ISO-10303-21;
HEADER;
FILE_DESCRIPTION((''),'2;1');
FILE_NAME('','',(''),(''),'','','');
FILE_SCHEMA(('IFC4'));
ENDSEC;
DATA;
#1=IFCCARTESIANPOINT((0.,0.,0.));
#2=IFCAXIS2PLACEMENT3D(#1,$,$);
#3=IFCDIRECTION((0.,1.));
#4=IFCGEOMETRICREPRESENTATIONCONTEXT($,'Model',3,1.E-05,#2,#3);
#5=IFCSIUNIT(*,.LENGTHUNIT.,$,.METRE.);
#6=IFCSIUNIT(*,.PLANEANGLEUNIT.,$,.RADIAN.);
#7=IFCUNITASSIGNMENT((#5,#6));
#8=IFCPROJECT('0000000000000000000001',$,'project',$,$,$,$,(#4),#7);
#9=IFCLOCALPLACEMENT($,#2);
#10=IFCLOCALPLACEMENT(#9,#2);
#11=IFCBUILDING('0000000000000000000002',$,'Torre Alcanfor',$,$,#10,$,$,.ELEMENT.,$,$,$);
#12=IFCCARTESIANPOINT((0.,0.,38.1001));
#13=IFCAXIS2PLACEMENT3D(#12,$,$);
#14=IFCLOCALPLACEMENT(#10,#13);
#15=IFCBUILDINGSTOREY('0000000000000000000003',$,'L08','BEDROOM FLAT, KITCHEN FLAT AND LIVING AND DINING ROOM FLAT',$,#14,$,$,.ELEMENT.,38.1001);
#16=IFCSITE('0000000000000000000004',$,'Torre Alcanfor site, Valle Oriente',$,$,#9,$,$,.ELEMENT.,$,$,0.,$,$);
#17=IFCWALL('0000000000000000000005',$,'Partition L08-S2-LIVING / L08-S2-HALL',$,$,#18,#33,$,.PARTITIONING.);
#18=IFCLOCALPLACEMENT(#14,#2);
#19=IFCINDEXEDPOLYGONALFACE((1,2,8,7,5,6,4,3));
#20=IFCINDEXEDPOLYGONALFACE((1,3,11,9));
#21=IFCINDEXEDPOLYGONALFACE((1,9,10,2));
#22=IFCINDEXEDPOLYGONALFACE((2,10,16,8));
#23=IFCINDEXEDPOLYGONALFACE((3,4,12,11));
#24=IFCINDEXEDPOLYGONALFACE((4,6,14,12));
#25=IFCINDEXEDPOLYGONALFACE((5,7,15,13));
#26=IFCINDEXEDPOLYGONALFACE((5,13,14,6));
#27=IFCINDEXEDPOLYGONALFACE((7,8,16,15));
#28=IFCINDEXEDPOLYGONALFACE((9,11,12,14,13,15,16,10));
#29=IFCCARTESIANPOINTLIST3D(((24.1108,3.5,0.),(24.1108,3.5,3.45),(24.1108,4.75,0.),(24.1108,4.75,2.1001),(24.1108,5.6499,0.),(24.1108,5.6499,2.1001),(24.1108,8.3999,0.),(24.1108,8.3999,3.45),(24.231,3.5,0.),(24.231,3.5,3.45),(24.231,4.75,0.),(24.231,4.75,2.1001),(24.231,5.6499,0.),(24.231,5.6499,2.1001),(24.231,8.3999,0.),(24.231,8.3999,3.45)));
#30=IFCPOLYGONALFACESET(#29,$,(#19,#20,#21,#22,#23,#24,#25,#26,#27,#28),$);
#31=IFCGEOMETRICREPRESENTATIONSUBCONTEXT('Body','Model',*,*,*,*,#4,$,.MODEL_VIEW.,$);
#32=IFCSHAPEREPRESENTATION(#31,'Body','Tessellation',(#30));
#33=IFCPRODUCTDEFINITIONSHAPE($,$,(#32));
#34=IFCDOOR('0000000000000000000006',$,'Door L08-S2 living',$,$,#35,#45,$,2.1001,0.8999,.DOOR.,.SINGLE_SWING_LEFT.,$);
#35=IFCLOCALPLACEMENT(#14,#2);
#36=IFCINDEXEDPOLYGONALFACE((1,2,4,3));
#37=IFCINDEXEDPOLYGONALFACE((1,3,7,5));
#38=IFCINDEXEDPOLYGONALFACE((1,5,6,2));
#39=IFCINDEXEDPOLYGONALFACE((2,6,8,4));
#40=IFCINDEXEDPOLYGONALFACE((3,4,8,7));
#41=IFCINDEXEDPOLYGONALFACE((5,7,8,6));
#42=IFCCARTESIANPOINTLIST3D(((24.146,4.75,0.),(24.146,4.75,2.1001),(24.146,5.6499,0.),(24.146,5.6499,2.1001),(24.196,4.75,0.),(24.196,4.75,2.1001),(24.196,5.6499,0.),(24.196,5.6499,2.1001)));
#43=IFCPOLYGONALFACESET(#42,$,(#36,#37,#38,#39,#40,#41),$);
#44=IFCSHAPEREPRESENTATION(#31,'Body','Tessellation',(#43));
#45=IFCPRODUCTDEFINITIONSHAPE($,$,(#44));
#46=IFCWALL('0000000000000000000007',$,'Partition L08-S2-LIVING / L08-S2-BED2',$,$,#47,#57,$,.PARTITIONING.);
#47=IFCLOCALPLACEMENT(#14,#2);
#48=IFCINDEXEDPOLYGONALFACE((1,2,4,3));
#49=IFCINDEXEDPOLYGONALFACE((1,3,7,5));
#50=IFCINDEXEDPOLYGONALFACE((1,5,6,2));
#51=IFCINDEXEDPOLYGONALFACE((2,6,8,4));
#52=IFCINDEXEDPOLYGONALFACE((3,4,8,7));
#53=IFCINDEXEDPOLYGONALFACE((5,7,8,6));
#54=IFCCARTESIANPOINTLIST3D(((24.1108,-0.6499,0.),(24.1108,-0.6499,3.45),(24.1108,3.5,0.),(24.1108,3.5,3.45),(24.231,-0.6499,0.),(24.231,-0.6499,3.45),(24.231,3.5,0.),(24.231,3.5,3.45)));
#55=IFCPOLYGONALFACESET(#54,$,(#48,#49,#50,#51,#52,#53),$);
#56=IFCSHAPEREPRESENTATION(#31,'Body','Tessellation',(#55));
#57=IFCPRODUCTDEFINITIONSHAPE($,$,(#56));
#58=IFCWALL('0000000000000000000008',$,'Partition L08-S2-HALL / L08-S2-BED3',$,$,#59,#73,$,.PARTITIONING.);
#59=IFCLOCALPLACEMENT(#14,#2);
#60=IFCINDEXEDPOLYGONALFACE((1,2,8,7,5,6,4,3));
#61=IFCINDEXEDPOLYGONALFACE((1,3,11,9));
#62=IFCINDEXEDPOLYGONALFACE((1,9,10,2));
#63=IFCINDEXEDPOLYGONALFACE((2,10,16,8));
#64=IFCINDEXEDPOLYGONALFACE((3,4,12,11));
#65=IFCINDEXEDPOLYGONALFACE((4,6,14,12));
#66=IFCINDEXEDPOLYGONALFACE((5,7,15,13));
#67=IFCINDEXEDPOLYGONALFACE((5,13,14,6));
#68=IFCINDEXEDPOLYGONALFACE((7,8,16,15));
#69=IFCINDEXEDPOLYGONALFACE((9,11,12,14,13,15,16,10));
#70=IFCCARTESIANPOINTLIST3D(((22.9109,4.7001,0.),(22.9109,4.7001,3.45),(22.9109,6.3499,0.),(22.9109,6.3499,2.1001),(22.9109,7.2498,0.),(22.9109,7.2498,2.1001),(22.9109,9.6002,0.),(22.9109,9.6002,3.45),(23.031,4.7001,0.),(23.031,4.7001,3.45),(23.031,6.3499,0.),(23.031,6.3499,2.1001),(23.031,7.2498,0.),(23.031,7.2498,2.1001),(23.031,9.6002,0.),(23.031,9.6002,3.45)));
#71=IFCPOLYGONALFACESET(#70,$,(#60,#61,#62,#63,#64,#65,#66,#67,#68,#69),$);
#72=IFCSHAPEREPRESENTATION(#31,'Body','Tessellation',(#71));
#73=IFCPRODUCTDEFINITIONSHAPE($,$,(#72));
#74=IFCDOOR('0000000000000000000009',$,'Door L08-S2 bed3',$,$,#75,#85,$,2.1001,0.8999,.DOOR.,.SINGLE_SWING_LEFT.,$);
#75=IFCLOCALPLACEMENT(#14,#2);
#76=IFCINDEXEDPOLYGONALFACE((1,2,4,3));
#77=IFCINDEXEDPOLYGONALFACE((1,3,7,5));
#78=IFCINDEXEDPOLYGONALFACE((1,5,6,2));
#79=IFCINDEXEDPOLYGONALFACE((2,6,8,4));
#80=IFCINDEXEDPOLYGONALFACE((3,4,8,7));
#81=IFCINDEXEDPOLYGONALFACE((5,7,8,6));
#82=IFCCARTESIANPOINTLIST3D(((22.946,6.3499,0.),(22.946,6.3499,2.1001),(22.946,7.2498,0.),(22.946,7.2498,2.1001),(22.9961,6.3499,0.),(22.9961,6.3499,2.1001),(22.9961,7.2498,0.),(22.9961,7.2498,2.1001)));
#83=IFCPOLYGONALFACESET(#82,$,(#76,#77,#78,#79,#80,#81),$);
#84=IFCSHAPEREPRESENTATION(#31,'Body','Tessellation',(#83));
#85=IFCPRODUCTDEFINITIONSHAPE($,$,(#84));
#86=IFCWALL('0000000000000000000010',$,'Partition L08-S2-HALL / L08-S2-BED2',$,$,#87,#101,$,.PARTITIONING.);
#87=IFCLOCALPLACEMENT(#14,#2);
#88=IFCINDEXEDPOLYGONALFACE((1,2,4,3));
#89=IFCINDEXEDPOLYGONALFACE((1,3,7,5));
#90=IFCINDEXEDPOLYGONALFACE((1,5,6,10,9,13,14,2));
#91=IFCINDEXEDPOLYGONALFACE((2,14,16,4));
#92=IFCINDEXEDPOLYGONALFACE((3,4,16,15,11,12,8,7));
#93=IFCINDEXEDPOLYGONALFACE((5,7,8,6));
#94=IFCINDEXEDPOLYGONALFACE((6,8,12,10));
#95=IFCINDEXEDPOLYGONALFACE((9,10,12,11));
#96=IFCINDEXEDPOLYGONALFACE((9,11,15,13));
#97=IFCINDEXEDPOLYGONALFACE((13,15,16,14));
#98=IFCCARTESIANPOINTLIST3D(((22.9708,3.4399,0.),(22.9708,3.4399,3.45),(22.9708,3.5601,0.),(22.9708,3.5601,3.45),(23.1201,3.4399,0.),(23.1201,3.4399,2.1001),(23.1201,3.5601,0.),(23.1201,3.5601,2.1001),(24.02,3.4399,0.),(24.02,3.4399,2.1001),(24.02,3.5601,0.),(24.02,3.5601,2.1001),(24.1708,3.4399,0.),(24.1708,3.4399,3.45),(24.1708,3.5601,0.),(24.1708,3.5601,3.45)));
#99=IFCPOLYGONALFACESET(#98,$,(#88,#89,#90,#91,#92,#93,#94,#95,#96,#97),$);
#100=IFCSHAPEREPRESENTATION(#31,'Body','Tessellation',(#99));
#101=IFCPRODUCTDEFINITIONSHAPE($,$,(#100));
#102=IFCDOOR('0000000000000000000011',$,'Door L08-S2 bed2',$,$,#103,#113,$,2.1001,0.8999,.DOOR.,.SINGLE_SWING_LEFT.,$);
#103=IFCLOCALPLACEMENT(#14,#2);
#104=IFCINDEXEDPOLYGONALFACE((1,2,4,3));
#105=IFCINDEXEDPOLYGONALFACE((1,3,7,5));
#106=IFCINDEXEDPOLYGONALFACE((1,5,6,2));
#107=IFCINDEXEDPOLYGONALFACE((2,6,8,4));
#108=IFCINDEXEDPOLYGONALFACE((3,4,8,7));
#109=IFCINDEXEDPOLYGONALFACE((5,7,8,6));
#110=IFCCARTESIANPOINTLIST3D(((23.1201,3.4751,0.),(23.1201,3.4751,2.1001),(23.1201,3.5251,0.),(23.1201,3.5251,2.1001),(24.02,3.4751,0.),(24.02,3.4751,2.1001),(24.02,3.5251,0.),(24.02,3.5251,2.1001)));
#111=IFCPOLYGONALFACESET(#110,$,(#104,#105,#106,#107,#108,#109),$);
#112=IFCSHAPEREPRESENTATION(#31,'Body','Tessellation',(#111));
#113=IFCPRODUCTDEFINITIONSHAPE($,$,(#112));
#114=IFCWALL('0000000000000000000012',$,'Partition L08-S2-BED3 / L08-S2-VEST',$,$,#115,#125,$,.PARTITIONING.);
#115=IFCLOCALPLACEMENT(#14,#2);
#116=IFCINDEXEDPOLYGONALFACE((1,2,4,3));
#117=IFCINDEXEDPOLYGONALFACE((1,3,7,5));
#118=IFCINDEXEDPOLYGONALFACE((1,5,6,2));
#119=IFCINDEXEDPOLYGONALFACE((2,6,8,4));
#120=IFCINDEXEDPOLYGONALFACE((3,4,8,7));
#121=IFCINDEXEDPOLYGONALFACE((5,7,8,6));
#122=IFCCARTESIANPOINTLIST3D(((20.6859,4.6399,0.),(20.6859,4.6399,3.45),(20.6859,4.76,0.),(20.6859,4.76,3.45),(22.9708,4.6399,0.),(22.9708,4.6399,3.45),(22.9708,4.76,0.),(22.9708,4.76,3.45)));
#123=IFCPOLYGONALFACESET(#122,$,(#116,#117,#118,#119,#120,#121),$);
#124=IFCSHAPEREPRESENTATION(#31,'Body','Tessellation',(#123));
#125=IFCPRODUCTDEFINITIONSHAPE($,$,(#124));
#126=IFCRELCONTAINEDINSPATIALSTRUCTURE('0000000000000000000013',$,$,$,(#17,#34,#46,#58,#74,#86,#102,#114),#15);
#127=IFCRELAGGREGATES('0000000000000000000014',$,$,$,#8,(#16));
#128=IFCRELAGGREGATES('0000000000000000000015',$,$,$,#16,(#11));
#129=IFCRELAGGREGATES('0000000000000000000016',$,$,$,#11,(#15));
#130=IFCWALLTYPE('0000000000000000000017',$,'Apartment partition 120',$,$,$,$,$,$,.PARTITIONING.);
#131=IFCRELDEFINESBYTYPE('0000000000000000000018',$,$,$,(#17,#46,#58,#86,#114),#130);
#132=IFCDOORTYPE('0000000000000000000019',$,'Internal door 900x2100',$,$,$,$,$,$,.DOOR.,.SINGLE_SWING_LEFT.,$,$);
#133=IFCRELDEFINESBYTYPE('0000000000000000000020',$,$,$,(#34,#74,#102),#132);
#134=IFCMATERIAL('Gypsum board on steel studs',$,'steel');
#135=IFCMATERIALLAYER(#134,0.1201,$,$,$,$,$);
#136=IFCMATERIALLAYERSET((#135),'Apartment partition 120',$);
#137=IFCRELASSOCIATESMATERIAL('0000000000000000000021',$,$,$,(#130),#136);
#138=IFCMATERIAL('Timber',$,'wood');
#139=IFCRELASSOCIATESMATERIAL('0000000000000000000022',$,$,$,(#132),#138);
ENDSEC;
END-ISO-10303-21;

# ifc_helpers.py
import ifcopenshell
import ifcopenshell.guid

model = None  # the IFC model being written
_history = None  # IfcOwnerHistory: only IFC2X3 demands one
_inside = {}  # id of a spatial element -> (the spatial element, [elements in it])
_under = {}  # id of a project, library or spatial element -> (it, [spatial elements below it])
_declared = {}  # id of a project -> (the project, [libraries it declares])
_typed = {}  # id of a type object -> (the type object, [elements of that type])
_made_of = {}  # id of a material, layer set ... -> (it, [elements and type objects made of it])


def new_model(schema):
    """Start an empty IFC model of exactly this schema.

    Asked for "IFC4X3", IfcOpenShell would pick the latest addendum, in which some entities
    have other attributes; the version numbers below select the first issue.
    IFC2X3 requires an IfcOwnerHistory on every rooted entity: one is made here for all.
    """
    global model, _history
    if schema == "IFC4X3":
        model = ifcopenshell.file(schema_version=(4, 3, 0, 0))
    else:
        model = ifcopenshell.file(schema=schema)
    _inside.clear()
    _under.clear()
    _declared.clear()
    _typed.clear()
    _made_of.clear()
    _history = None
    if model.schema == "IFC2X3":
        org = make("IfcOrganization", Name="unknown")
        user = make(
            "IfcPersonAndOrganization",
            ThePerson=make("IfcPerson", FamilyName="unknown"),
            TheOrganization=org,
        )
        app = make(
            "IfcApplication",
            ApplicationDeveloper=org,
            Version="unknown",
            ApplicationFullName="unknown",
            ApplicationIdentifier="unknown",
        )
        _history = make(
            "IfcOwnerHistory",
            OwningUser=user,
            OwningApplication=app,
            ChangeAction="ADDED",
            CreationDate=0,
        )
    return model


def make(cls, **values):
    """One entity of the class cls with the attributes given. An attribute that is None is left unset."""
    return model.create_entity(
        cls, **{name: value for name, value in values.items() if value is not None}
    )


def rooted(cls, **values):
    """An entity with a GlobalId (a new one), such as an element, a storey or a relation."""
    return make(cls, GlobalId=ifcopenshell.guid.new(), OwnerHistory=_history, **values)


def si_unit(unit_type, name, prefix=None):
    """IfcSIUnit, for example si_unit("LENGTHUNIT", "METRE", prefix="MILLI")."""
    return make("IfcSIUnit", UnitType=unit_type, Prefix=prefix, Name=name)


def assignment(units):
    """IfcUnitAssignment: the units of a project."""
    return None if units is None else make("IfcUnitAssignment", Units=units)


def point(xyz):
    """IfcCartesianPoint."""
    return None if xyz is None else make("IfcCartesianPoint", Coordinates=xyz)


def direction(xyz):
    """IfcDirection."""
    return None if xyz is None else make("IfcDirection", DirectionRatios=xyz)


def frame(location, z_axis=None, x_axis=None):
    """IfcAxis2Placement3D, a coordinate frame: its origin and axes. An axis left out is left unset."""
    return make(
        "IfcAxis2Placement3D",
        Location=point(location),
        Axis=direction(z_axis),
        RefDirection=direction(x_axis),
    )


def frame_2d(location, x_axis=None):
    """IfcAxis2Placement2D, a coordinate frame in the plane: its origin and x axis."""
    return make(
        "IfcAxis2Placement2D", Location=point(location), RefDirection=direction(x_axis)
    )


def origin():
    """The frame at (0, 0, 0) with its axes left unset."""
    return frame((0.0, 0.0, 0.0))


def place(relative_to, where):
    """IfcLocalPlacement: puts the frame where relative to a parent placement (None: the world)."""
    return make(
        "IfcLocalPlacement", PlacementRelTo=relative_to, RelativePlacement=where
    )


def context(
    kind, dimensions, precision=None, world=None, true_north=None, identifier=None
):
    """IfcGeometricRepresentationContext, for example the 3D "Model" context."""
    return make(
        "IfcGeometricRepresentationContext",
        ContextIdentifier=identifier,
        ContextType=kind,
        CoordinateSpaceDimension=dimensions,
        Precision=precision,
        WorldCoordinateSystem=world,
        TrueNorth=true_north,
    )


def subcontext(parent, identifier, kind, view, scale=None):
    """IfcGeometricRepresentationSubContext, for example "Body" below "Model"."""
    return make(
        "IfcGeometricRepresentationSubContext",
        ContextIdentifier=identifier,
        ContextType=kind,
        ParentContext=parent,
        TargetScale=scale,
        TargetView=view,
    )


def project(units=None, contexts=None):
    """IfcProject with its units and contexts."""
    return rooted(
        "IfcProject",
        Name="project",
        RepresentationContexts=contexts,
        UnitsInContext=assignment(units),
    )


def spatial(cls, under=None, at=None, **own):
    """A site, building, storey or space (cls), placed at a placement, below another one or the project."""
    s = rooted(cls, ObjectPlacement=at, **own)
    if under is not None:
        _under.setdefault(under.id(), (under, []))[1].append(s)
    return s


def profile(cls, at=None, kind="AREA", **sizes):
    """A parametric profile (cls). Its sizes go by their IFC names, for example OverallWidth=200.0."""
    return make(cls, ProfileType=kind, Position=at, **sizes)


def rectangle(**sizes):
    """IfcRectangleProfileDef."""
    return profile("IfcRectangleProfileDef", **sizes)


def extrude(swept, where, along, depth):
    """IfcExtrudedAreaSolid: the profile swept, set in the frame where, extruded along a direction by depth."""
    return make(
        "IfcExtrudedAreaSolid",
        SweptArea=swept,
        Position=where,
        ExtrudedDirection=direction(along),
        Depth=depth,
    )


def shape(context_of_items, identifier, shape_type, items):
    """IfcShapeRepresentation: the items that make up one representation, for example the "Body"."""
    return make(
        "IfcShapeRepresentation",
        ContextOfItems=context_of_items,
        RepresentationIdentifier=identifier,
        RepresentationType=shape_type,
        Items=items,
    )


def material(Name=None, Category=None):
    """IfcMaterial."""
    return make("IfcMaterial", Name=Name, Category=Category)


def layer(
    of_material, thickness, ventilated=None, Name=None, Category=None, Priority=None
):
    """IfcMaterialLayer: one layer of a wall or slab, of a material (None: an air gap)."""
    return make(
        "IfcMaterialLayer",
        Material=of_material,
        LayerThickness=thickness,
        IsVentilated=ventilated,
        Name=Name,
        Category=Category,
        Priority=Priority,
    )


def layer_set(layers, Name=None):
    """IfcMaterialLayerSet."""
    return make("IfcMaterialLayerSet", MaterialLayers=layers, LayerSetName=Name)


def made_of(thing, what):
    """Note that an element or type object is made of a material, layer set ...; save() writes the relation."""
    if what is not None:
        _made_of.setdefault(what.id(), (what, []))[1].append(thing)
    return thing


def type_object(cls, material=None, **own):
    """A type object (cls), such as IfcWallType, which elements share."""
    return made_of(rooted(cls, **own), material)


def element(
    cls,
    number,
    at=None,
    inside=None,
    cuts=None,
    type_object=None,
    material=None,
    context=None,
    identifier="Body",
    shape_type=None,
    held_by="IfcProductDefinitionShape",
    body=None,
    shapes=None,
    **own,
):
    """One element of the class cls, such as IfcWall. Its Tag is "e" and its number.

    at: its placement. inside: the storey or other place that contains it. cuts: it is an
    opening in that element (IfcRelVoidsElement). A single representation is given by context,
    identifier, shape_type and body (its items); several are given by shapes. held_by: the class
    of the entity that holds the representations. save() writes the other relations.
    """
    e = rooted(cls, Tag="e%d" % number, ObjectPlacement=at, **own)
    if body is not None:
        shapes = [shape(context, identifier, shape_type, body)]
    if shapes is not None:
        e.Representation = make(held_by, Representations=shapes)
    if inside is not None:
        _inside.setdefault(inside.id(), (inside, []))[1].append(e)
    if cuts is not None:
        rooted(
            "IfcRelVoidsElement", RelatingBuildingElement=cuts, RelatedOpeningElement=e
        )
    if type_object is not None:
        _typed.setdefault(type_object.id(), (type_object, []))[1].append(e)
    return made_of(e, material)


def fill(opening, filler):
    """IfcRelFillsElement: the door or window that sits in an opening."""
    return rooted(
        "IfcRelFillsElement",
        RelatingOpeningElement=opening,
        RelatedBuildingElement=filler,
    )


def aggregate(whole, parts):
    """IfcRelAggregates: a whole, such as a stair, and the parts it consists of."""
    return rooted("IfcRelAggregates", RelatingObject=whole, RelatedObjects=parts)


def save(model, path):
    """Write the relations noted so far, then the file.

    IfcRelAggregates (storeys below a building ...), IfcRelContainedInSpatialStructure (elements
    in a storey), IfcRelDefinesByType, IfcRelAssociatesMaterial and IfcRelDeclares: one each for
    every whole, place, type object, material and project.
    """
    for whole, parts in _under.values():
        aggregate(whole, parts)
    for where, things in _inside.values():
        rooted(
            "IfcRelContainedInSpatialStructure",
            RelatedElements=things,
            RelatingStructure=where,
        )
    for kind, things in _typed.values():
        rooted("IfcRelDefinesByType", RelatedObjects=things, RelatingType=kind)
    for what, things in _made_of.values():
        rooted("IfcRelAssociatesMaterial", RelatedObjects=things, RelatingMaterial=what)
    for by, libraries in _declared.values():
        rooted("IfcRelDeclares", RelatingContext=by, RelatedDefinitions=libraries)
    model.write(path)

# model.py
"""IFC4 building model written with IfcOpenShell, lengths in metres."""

from ifc_helpers import new_model, si_unit, direction, frame, frame_2d, origin, place, context, subcontext, project, spatial, rectangle, extrude, material, layer, layer_set, type_object, element, fill, save


model = new_model("IFC4")

# Units and contexts
model_context = context("Model", 3, precision=1e-05, world=origin(), true_north=direction((0.0, 1.0)))
body_context = subcontext(model_context, "Body", "Model", "MODEL_VIEW")
ifc_project = project(units=[si_unit("LENGTHUNIT", "METRE"), si_unit("PLANEANGLEUNIT", "RADIAN")], contexts=[model_context])

# Site, building, storey
site_placement = place(None, origin())
site = spatial("IfcSite", under=ifc_project, at=site_placement, Name="Torre Alcanfor site, Valle Oriente", CompositionType="ELEMENT", RefElevation=0.0)
building_placement = place(site_placement, origin())
building = spatial("IfcBuilding", under=site, at=building_placement, Name="Torre Alcanfor", CompositionType="ELEMENT")
storey_placement = place(building_placement, frame((0.0, 0.0, 38.1001)))
storey = spatial("IfcBuildingStorey", under=building, at=storey_placement, Name="L08", Description="BEDROOM FLAT, KITCHEN FLAT AND LIVING AND DINING ROOM FLAT", CompositionType="ELEMENT", Elevation=38.1001)

# Shared definitions
ifc_material_1 = material(Name="Gypsum board on steel studs", Category="steel")
ifc_layer_1 = layer(ifc_material_1, 0.1201)
ifc_layer_set_1 = layer_set([ifc_layer_1], Name="Apartment partition 120")
wall_type = type_object("IfcWallType", Name="Apartment partition 120", PredefinedType="PARTITIONING", material=ifc_layer_set_1)

# Wall, opening, door
wall_1_placement = place(storey_placement, frame((24.1709, 3.5, 0.0), z_axis=(0.0, 0.0, 1.0), x_axis=(0.0, 1.0, 0.0)))
wall_1 = element("IfcWall", 1, at=wall_1_placement, inside=storey, type_object=wall_type, Name="Partition L08-S2-LIVING / L08-S2-HALL", PredefinedType="PARTITIONING", context=body_context, shape_type="SweptSolid", body=[
    extrude(rectangle(XDim=4.8999, YDim=0.1201, at=frame_2d((2.45, 0.0))), origin(), (0.0, 0.0, 1.0), 3.45),
])
opening_1_placement = place(wall_1_placement, frame((1.25, 0.0, 0.0)))
opening_1 = element("IfcOpeningElement", 2, at=opening_1_placement, cuts=wall_1, PredefinedType="OPENING", context=body_context, shape_type="SweptSolid", body=[
    extrude(rectangle(XDim=0.8999, YDim=2.1001, at=frame_2d((0.45, 1.05))), frame((0.0, 0.0701, 0.0), z_axis=(0.0, -1.0, 0.0), x_axis=(1.0, 0.0, 0.0)), (0.0, 0.0, 1.0), 0.1401),
])
ifc_material_2 = material(Name="Timber", Category="wood")
door_type = type_object("IfcDoorType", Name="Internal door 900x2100", OperationType="SINGLE_SWING_LEFT", PredefinedType="DOOR", material=ifc_material_2)
door_1_placement = place(opening_1_placement, frame((0.8999, 0.0, 0.0), z_axis=(0.0, 0.0, 1.0), x_axis=(-1.0, 0.0, 0.0)))
door_1 = element("IfcDoor", 3, at=door_1_placement, inside=storey, type_object=door_type, Name="Door L08-S2 living", OperationType="SINGLE_SWING_LEFT", OverallHeight=2.1001, OverallWidth=0.8999, PredefinedType="DOOR", context=body_context, shape_type="SweptSolid", body=[
    extrude(rectangle(XDim=0.8999, YDim=2.1001, at=frame_2d((0.45, 1.05))), frame((0.0, 0.0251, 0.0), z_axis=(0.0, -1.0, 0.0), x_axis=(1.0, 0.0, 0.0)), (0.0, 0.0, 1.0), 0.05),
])
fill(opening_1, door_1)

# Wall
wall_2_placement = place(storey_placement, frame((24.1709, -0.6499, 0.0), z_axis=(0.0, 0.0, 1.0), x_axis=(0.0, 1.0, 0.0)))
element("IfcWall", 4, at=wall_2_placement, inside=storey, type_object=wall_type, Name="Partition L08-S2-LIVING / L08-S2-BED2", PredefinedType="PARTITIONING", context=body_context, shape_type="SweptSolid", body=[
    extrude(rectangle(XDim=4.1499, YDim=0.1201, at=frame_2d((2.075, 0.0))), origin(), (0.0, 0.0, 1.0), 3.45),
])

# Walls, openings, doors
wall_3_placement = place(storey_placement, frame((22.9709, 4.7, 0.0), z_axis=(0.0, 0.0, 1.0), x_axis=(0.0, 1.0, 0.0)))
wall_3 = element("IfcWall", 5, at=wall_3_placement, inside=storey, type_object=wall_type, Name="Partition L08-S2-HALL / L08-S2-BED3", PredefinedType="PARTITIONING", context=body_context, shape_type="SweptSolid", body=[
    extrude(rectangle(XDim=4.9001, YDim=0.1201, at=frame_2d((2.4502, 0.0))), origin(), (0.0, 0.0, 1.0), 3.45),
])
opening_2_placement = place(wall_3_placement, frame((1.6499, 0.0, 0.0)))
opening_2 = element("IfcOpeningElement", 6, at=opening_2_placement, cuts=wall_3, PredefinedType="OPENING", context=body_context, shape_type="SweptSolid", body=[
    extrude(rectangle(XDim=0.8999, YDim=2.1001, at=frame_2d((0.45, 1.05))), frame((0.0, 0.0701, 0.0), z_axis=(0.0, -1.0, 0.0), x_axis=(1.0, 0.0, 0.0)), (0.0, 0.0, 1.0), 0.1401),
])
door_2_placement = place(opening_2_placement, origin())
door_2 = element("IfcDoor", 7, at=door_2_placement, inside=storey, type_object=door_type, Name="Door L08-S2 bed3", OperationType="SINGLE_SWING_LEFT", OverallHeight=2.1001, OverallWidth=0.8999, PredefinedType="DOOR", context=body_context, shape_type="SweptSolid", body=[
    extrude(rectangle(XDim=0.8999, YDim=2.1001, at=frame_2d((0.45, 1.05))), frame((0.0, 0.0249, 0.0), z_axis=(0.0, -1.0, 0.0), x_axis=(1.0, 0.0, 0.0)), (0.0, 0.0, 1.0), 0.05),
])
fill(opening_2, door_2)
wall_4_placement = place(storey_placement, frame((24.1709, 3.5, 0.0), z_axis=(0.0, 0.0, 1.0), x_axis=(-1.0, 0.0, 0.0)))
wall_4 = element("IfcWall", 8, at=wall_4_placement, inside=storey, type_object=wall_type, Name="Partition L08-S2-HALL / L08-S2-BED2", PredefinedType="PARTITIONING", context=body_context, shape_type="SweptSolid", body=[
    extrude(rectangle(XDim=1.2, YDim=0.1201, at=frame_2d((0.6001, 0.0))), origin(), (0.0, 0.0, 1.0), 3.45),
])
opening_3_placement = place(wall_4_placement, frame((0.1509, 0.0, 0.0)))
opening_3 = element("IfcOpeningElement", 9, at=opening_3_placement, cuts=wall_4, PredefinedType="OPENING", context=body_context, shape_type="SweptSolid", body=[
    extrude(rectangle(XDim=0.8999, YDim=2.1001, at=frame_2d((0.45, 1.05))), frame((0.0, 0.0701, 0.0), z_axis=(0.0, -1.0, 0.0), x_axis=(1.0, 0.0, 0.0)), (0.0, 0.0, 1.0), 0.1401),
])
door_3_placement = place(opening_3_placement, origin())
door_3 = element("IfcDoor", 10, at=door_3_placement, inside=storey, type_object=door_type, Name="Door L08-S2 bed2", OperationType="SINGLE_SWING_LEFT", OverallHeight=2.1001, OverallWidth=0.8999, PredefinedType="DOOR", context=body_context, shape_type="SweptSolid", body=[
    extrude(rectangle(XDim=0.8999, YDim=2.1001, at=frame_2d((0.45, 1.05))), frame((0.0, 0.0249, 0.0), z_axis=(0.0, -1.0, 0.0), x_axis=(1.0, 0.0, 0.0)), (0.0, 0.0, 1.0), 0.05),
])
fill(opening_3, door_3)

# Wall
wall_5_placement = place(storey_placement, frame((22.9709, 4.7, 0.0), z_axis=(0.0, 0.0, 1.0), x_axis=(-1.0, 0.0, 0.0)))
element("IfcWall", 11, at=wall_5_placement, inside=storey, type_object=wall_type, Name="Partition L08-S2-BED3 / L08-S2-VEST", PredefinedType="PARTITIONING", context=body_context, shape_type="SweptSolid", body=[
    extrude(rectangle(XDim=2.2849, YDim=0.1201, at=frame_2d((1.1426, 0.0))), origin(), (0.0, 0.0, 1.0), 3.45),
])

save(model, "model.ifc")
